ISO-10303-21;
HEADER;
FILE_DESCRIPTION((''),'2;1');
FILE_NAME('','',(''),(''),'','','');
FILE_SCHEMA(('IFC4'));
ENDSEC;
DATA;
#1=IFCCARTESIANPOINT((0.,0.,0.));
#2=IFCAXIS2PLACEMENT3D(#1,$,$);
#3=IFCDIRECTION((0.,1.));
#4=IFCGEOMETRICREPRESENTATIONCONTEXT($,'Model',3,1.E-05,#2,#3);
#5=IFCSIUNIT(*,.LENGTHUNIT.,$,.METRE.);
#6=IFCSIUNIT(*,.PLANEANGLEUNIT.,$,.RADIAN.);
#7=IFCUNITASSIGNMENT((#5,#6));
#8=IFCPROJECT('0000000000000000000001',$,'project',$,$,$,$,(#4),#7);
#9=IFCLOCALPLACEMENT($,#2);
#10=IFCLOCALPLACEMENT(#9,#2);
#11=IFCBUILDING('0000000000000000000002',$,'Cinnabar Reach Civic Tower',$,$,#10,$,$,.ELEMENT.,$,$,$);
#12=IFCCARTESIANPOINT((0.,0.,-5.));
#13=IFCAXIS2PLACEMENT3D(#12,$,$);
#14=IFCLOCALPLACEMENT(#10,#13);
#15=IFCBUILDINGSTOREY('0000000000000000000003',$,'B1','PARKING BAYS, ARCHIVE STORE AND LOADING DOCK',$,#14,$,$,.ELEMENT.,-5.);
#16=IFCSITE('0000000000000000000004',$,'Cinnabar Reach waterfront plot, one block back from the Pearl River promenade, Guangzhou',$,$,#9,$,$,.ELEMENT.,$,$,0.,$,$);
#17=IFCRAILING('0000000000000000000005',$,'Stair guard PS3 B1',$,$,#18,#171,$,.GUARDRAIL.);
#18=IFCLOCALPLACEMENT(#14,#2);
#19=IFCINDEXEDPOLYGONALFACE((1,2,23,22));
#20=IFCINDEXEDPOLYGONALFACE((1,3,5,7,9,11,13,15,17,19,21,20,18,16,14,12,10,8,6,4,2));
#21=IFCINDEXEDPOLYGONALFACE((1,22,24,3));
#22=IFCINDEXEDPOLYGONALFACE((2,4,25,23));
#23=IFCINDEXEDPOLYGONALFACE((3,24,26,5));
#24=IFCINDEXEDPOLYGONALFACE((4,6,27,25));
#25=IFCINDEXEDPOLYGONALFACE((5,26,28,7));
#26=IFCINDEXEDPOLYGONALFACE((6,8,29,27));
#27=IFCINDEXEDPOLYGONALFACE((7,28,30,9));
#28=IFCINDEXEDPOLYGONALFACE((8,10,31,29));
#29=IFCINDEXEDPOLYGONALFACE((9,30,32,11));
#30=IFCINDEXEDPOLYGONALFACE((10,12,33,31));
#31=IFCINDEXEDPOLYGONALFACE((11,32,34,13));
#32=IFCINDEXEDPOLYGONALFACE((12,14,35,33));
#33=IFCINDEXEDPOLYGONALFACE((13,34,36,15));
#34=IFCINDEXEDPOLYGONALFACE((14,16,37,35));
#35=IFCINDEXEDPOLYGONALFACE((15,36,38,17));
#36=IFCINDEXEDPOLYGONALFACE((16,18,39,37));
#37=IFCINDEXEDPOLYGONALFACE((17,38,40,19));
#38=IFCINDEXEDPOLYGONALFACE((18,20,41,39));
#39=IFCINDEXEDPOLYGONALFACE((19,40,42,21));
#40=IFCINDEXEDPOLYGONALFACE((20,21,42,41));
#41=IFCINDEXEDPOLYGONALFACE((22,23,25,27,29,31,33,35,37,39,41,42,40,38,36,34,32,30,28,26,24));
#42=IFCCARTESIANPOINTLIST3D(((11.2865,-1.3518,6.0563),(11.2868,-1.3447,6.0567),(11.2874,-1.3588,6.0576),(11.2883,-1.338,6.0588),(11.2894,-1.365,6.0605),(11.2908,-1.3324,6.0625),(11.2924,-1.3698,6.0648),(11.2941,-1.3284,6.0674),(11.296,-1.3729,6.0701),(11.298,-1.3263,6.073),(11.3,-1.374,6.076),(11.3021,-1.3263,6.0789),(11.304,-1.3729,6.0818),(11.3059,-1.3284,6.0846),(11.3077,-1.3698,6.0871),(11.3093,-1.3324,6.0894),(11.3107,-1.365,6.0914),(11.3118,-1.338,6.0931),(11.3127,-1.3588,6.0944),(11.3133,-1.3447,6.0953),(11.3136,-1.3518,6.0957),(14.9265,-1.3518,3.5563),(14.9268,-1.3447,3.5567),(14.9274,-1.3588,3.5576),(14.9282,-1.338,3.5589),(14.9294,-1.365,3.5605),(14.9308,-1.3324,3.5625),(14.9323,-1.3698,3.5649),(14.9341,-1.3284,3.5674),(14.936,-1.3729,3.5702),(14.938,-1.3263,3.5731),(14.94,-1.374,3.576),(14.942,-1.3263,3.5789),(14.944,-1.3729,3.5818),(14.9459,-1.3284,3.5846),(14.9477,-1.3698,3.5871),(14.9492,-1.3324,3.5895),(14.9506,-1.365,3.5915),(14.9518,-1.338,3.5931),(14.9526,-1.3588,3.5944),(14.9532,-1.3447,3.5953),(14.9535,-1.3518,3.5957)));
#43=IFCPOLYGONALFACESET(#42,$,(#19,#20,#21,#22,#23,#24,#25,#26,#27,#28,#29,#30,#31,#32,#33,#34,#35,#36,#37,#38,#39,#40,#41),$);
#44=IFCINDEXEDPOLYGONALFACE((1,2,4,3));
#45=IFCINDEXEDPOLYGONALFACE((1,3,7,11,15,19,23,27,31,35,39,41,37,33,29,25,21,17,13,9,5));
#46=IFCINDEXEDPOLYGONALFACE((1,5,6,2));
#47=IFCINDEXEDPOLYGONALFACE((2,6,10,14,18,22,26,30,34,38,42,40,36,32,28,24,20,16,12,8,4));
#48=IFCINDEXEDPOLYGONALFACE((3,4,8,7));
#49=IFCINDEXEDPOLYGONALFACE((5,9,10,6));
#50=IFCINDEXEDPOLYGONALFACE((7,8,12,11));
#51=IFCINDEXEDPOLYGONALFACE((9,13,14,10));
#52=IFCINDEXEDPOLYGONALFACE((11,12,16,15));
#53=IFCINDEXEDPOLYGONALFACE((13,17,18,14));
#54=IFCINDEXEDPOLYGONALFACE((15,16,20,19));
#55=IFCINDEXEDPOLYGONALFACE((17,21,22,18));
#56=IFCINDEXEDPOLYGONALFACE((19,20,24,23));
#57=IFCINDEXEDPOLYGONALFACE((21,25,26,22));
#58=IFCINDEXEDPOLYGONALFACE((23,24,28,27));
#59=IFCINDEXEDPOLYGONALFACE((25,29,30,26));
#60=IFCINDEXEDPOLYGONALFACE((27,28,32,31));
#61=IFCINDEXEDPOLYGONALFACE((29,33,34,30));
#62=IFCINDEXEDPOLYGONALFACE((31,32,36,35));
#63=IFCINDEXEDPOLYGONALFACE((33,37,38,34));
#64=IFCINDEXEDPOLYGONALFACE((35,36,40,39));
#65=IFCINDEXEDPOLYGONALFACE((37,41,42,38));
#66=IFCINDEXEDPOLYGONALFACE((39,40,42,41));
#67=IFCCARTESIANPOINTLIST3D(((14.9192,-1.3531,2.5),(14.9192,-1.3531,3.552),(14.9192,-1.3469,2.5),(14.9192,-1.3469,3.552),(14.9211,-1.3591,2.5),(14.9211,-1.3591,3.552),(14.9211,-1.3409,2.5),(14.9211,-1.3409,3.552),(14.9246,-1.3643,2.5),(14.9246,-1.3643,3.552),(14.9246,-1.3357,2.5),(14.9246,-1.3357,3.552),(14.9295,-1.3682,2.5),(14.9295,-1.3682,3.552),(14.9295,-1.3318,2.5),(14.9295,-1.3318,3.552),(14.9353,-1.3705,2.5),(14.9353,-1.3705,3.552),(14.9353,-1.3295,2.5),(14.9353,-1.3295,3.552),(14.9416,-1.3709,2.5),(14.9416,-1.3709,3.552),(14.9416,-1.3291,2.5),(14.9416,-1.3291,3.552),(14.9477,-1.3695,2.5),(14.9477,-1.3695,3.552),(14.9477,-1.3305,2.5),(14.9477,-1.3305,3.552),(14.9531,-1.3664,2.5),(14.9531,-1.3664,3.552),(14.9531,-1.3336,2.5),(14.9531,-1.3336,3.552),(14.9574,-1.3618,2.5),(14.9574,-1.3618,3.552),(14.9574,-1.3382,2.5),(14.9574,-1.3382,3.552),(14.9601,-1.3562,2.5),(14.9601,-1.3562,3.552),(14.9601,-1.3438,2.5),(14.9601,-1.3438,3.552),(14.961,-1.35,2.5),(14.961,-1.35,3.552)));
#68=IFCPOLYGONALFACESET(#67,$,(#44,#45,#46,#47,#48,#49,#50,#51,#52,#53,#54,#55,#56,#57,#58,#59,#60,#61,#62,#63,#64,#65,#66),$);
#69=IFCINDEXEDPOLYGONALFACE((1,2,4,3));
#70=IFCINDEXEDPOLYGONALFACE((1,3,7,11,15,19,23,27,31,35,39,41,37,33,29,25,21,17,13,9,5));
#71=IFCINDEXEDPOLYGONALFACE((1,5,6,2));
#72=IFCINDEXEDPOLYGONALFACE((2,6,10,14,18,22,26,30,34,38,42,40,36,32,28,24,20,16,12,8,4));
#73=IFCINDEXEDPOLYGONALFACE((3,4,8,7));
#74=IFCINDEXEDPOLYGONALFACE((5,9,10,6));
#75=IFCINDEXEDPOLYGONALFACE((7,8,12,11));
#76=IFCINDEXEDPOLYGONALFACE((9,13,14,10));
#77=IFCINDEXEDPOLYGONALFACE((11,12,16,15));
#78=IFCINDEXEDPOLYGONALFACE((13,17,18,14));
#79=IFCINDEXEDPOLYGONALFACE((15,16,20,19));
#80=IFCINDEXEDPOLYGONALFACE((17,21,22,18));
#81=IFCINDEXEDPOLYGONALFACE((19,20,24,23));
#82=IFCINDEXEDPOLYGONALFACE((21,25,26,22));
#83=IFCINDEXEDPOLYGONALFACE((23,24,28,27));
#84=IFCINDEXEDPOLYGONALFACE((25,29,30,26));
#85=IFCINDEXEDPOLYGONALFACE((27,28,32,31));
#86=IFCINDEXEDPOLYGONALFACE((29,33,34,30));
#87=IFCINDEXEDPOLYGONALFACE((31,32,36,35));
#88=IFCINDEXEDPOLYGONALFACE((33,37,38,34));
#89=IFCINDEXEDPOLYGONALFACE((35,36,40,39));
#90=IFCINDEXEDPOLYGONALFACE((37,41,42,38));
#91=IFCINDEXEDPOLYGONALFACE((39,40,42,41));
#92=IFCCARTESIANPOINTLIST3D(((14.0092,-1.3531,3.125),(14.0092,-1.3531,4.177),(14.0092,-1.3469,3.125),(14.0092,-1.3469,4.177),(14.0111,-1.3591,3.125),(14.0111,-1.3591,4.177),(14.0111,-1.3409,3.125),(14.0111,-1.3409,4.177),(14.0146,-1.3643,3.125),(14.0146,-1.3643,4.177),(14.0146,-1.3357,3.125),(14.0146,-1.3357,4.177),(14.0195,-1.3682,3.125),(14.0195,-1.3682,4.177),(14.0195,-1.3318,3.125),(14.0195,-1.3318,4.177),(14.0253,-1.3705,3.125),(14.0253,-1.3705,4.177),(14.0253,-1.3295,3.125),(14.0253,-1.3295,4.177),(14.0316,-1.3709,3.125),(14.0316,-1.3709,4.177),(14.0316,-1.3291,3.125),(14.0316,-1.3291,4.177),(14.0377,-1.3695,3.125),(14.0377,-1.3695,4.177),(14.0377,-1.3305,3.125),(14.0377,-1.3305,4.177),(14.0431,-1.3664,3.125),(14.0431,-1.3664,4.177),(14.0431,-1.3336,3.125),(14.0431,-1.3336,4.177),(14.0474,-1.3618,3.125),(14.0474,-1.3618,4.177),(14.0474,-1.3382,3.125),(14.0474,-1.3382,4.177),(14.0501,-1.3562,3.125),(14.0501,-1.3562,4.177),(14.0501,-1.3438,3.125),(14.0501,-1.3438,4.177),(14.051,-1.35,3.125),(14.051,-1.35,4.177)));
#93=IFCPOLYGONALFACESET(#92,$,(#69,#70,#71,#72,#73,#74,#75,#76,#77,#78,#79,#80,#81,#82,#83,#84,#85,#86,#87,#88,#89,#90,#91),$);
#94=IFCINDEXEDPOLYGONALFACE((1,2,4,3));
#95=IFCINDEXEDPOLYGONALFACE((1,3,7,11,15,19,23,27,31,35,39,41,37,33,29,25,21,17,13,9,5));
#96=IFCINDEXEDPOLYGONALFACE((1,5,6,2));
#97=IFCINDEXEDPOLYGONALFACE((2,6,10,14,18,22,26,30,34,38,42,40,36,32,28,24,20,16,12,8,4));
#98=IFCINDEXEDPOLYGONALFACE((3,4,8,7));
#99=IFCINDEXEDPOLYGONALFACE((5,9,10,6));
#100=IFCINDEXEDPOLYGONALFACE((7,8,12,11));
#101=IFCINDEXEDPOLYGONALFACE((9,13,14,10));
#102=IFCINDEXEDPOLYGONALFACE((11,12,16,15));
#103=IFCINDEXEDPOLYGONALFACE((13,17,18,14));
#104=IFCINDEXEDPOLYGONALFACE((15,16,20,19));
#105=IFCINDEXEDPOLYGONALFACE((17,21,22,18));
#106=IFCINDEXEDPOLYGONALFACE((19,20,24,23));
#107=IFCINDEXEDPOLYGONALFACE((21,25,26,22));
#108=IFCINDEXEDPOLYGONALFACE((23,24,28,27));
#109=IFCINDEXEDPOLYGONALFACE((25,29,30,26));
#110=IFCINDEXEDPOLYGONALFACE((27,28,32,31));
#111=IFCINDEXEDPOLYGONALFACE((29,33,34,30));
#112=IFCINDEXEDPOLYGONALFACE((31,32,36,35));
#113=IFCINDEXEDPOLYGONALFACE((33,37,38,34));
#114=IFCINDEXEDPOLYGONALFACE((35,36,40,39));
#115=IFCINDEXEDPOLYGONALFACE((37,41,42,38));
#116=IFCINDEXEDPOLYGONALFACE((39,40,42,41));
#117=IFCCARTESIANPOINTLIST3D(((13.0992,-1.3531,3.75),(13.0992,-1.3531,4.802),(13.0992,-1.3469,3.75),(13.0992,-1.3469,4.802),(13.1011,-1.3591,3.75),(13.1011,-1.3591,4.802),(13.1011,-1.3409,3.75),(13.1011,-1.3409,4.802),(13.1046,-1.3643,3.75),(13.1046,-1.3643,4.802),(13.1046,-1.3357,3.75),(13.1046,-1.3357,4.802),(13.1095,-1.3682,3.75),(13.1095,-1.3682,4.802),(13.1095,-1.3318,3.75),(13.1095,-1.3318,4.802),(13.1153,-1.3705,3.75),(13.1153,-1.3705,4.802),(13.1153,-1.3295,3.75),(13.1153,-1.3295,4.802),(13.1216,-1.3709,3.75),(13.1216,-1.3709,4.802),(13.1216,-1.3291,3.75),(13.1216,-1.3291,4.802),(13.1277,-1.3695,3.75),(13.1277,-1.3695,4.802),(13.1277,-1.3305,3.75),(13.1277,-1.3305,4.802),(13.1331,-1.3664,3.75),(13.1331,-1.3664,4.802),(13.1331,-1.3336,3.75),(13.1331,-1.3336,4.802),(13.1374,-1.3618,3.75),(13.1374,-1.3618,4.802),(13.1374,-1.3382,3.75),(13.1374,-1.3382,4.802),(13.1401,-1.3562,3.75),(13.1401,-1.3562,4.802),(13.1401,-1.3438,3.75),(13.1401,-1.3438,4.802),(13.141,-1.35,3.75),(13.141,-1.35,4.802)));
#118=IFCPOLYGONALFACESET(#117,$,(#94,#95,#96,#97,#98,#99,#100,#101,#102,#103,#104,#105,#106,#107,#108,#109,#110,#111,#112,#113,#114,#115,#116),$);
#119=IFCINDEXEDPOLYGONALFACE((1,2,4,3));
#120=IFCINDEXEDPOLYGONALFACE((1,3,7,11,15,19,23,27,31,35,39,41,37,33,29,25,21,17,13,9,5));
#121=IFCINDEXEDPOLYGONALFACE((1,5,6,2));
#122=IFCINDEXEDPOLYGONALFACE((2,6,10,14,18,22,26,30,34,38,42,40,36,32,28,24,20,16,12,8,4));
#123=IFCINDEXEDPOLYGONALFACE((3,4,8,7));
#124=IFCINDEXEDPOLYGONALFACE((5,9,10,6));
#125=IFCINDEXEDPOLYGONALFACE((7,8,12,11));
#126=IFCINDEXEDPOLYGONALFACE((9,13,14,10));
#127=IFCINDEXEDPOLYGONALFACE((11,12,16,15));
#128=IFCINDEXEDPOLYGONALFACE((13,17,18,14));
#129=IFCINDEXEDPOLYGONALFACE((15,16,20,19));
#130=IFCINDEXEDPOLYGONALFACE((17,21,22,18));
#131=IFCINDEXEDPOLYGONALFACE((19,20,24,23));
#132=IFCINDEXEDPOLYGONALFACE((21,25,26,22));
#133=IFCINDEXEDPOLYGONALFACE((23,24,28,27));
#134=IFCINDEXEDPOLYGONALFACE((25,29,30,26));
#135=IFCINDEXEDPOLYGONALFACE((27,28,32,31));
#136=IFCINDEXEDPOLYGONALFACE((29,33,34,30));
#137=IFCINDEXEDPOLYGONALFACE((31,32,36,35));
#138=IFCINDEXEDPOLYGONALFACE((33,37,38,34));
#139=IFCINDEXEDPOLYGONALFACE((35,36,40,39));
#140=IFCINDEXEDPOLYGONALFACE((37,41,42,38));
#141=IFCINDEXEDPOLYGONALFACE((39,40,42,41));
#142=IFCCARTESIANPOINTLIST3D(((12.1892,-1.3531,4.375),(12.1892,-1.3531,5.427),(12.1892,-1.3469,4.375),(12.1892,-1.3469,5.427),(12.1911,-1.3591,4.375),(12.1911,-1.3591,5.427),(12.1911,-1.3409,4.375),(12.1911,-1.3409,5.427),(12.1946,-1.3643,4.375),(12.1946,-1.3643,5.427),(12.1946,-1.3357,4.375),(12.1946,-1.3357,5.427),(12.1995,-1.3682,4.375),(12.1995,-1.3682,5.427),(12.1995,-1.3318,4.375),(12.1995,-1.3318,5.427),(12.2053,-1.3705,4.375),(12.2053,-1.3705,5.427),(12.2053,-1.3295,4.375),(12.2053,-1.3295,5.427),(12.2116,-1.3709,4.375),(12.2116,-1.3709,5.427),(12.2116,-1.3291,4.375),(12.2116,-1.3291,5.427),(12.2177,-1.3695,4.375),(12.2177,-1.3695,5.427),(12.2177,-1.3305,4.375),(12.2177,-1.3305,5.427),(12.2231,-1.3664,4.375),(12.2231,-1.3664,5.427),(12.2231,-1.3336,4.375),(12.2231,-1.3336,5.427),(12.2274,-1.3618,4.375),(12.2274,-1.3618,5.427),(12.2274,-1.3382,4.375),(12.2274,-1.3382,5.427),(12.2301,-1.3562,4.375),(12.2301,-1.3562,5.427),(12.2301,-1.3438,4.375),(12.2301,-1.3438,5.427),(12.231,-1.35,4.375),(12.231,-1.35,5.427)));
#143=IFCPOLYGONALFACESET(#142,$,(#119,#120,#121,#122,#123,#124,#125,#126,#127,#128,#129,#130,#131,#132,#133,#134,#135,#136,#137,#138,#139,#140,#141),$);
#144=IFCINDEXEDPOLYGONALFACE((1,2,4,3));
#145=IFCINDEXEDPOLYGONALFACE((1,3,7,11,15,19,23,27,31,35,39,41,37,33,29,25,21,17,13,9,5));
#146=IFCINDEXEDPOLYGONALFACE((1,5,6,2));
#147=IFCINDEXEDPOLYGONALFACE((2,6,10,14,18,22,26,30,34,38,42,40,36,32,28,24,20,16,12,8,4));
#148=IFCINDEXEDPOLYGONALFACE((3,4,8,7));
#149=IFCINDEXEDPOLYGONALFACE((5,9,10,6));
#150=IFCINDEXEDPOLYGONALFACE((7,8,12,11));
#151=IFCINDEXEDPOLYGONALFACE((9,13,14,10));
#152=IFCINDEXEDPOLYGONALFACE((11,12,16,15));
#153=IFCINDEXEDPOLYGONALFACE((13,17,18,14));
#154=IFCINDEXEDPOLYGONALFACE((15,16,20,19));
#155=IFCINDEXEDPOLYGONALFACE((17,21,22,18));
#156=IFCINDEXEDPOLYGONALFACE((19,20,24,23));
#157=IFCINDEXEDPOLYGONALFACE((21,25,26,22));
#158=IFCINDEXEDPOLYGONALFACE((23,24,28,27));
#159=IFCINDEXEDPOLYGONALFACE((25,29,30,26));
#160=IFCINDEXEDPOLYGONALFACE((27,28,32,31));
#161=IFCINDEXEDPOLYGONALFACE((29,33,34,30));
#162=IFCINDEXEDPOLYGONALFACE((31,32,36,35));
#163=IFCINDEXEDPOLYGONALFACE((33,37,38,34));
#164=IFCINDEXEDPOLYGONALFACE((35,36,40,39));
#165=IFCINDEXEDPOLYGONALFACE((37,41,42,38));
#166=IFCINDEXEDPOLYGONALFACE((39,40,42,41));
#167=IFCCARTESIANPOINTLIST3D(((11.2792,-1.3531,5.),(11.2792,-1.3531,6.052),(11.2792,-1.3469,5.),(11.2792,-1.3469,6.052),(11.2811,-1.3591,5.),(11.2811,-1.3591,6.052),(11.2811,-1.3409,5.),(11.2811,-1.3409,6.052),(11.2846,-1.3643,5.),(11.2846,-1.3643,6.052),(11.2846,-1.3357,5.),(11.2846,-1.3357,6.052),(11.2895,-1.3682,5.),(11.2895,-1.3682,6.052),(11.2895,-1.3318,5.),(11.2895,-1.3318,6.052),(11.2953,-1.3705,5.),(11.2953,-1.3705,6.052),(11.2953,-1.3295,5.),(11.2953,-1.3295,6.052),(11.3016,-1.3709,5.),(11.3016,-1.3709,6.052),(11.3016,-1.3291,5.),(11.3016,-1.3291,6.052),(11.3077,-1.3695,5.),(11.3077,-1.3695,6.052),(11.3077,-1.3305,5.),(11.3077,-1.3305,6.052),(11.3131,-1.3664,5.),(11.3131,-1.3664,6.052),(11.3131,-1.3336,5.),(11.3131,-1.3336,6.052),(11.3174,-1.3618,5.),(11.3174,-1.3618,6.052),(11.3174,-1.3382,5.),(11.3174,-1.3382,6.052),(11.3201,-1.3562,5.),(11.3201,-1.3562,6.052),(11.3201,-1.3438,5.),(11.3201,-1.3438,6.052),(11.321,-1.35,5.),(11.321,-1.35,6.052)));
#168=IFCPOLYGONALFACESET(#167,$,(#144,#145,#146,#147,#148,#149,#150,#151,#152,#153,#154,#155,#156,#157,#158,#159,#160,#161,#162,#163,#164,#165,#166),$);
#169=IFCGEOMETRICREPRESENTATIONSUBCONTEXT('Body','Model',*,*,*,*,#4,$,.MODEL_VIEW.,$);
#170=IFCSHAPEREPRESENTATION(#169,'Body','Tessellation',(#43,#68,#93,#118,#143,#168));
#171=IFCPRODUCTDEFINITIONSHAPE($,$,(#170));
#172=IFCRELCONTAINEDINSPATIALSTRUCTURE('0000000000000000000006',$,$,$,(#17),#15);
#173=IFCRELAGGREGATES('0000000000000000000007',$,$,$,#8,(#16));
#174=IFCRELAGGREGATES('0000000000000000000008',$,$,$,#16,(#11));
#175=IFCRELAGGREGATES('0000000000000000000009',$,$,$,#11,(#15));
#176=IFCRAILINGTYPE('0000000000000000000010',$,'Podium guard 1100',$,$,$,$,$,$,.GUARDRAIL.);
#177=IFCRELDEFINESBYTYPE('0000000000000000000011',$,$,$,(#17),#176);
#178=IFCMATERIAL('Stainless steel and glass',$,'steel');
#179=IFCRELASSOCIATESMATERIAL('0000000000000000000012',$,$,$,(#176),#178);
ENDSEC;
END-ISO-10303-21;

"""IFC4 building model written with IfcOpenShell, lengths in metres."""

from ifc_helpers import new_model, si_unit, direction, frame, origin, origin_2d, place, context, subcontext, project, spatial, circle, extrude, material, type_object, element, save


model = new_model("IFC4")

# Units and contexts
model_context = context("Model", 3, precision=1e-05, world=origin(), true_north=direction((0.0, 1.0)))
body_context = subcontext(model_context, "Body", "Model", "MODEL_VIEW")
ifc_project = project(units=[si_unit("LENGTHUNIT", "METRE"), si_unit("PLANEANGLEUNIT", "RADIAN")], contexts=[model_context])

# Site, building, storey
site_placement = place(None, origin())
site = spatial("IfcSite", under=ifc_project, at=site_placement, Name="Cinnabar Reach waterfront plot, one block back from the Pearl River promenade, Guangzhou", CompositionType="ELEMENT", RefElevation=0.0)
building_placement = place(site_placement, origin())
building = spatial("IfcBuilding", under=site, at=building_placement, Name="Cinnabar Reach Civic Tower", CompositionType="ELEMENT")
storey_placement = place(building_placement, frame((0.0, 0.0, -5.0)))
storey = spatial("IfcBuildingStorey", under=building, at=storey_placement, Name="B1", Description="PARKING BAYS, ARCHIVE STORE AND LOADING DOCK", CompositionType="ELEMENT", Elevation=-5.0)

# Railing
ifc_material_1 = material(Name="Stainless steel and glass", Category="steel")
railing_type = type_object("IfcRailingType", Name="Podium guard 1100", PredefinedType="GUARDRAIL", material=ifc_material_1)
railing_1_placement = place(storey_placement, frame((14.94, -1.35, 2.5)))
element("IfcRailing", 1, at=railing_1_placement, inside=storey, type_object=railing_type, Name="Stair guard PS3 B1", PredefinedType="GUARDRAIL", context=body_context, shape_type="SweptSolid", body=[
    extrude(circle(Radius=0.024, at=origin_2d()), frame((0.0, 0.0, 1.076), z_axis=(-0.824306, 0.0, 0.566144), x_axis=(0.0, -1.0, 0.0)), (0.0, 0.0, 1.0), 4.4158),
    extrude(circle(Radius=0.021, at=origin_2d()), origin(), (0.0, 0.0, 1.0), 1.052),
    extrude(circle(Radius=0.021, at=origin_2d()), frame((-0.91, 0.0, 0.625)), (0.0, 0.0, 1.0), 1.052),
    extrude(circle(Radius=0.021, at=origin_2d()), frame((-1.82, 0.0, 1.25)), (0.0, 0.0, 1.0), 1.052),
    extrude(circle(Radius=0.021, at=origin_2d()), frame((-2.73, 0.0, 1.875)), (0.0, 0.0, 1.0), 1.052),
    extrude(circle(Radius=0.021, at=origin_2d()), frame((-3.64, 0.0, 2.5)), (0.0, 0.0, 1.0), 1.052),
])

save(model, "model.ifc")
